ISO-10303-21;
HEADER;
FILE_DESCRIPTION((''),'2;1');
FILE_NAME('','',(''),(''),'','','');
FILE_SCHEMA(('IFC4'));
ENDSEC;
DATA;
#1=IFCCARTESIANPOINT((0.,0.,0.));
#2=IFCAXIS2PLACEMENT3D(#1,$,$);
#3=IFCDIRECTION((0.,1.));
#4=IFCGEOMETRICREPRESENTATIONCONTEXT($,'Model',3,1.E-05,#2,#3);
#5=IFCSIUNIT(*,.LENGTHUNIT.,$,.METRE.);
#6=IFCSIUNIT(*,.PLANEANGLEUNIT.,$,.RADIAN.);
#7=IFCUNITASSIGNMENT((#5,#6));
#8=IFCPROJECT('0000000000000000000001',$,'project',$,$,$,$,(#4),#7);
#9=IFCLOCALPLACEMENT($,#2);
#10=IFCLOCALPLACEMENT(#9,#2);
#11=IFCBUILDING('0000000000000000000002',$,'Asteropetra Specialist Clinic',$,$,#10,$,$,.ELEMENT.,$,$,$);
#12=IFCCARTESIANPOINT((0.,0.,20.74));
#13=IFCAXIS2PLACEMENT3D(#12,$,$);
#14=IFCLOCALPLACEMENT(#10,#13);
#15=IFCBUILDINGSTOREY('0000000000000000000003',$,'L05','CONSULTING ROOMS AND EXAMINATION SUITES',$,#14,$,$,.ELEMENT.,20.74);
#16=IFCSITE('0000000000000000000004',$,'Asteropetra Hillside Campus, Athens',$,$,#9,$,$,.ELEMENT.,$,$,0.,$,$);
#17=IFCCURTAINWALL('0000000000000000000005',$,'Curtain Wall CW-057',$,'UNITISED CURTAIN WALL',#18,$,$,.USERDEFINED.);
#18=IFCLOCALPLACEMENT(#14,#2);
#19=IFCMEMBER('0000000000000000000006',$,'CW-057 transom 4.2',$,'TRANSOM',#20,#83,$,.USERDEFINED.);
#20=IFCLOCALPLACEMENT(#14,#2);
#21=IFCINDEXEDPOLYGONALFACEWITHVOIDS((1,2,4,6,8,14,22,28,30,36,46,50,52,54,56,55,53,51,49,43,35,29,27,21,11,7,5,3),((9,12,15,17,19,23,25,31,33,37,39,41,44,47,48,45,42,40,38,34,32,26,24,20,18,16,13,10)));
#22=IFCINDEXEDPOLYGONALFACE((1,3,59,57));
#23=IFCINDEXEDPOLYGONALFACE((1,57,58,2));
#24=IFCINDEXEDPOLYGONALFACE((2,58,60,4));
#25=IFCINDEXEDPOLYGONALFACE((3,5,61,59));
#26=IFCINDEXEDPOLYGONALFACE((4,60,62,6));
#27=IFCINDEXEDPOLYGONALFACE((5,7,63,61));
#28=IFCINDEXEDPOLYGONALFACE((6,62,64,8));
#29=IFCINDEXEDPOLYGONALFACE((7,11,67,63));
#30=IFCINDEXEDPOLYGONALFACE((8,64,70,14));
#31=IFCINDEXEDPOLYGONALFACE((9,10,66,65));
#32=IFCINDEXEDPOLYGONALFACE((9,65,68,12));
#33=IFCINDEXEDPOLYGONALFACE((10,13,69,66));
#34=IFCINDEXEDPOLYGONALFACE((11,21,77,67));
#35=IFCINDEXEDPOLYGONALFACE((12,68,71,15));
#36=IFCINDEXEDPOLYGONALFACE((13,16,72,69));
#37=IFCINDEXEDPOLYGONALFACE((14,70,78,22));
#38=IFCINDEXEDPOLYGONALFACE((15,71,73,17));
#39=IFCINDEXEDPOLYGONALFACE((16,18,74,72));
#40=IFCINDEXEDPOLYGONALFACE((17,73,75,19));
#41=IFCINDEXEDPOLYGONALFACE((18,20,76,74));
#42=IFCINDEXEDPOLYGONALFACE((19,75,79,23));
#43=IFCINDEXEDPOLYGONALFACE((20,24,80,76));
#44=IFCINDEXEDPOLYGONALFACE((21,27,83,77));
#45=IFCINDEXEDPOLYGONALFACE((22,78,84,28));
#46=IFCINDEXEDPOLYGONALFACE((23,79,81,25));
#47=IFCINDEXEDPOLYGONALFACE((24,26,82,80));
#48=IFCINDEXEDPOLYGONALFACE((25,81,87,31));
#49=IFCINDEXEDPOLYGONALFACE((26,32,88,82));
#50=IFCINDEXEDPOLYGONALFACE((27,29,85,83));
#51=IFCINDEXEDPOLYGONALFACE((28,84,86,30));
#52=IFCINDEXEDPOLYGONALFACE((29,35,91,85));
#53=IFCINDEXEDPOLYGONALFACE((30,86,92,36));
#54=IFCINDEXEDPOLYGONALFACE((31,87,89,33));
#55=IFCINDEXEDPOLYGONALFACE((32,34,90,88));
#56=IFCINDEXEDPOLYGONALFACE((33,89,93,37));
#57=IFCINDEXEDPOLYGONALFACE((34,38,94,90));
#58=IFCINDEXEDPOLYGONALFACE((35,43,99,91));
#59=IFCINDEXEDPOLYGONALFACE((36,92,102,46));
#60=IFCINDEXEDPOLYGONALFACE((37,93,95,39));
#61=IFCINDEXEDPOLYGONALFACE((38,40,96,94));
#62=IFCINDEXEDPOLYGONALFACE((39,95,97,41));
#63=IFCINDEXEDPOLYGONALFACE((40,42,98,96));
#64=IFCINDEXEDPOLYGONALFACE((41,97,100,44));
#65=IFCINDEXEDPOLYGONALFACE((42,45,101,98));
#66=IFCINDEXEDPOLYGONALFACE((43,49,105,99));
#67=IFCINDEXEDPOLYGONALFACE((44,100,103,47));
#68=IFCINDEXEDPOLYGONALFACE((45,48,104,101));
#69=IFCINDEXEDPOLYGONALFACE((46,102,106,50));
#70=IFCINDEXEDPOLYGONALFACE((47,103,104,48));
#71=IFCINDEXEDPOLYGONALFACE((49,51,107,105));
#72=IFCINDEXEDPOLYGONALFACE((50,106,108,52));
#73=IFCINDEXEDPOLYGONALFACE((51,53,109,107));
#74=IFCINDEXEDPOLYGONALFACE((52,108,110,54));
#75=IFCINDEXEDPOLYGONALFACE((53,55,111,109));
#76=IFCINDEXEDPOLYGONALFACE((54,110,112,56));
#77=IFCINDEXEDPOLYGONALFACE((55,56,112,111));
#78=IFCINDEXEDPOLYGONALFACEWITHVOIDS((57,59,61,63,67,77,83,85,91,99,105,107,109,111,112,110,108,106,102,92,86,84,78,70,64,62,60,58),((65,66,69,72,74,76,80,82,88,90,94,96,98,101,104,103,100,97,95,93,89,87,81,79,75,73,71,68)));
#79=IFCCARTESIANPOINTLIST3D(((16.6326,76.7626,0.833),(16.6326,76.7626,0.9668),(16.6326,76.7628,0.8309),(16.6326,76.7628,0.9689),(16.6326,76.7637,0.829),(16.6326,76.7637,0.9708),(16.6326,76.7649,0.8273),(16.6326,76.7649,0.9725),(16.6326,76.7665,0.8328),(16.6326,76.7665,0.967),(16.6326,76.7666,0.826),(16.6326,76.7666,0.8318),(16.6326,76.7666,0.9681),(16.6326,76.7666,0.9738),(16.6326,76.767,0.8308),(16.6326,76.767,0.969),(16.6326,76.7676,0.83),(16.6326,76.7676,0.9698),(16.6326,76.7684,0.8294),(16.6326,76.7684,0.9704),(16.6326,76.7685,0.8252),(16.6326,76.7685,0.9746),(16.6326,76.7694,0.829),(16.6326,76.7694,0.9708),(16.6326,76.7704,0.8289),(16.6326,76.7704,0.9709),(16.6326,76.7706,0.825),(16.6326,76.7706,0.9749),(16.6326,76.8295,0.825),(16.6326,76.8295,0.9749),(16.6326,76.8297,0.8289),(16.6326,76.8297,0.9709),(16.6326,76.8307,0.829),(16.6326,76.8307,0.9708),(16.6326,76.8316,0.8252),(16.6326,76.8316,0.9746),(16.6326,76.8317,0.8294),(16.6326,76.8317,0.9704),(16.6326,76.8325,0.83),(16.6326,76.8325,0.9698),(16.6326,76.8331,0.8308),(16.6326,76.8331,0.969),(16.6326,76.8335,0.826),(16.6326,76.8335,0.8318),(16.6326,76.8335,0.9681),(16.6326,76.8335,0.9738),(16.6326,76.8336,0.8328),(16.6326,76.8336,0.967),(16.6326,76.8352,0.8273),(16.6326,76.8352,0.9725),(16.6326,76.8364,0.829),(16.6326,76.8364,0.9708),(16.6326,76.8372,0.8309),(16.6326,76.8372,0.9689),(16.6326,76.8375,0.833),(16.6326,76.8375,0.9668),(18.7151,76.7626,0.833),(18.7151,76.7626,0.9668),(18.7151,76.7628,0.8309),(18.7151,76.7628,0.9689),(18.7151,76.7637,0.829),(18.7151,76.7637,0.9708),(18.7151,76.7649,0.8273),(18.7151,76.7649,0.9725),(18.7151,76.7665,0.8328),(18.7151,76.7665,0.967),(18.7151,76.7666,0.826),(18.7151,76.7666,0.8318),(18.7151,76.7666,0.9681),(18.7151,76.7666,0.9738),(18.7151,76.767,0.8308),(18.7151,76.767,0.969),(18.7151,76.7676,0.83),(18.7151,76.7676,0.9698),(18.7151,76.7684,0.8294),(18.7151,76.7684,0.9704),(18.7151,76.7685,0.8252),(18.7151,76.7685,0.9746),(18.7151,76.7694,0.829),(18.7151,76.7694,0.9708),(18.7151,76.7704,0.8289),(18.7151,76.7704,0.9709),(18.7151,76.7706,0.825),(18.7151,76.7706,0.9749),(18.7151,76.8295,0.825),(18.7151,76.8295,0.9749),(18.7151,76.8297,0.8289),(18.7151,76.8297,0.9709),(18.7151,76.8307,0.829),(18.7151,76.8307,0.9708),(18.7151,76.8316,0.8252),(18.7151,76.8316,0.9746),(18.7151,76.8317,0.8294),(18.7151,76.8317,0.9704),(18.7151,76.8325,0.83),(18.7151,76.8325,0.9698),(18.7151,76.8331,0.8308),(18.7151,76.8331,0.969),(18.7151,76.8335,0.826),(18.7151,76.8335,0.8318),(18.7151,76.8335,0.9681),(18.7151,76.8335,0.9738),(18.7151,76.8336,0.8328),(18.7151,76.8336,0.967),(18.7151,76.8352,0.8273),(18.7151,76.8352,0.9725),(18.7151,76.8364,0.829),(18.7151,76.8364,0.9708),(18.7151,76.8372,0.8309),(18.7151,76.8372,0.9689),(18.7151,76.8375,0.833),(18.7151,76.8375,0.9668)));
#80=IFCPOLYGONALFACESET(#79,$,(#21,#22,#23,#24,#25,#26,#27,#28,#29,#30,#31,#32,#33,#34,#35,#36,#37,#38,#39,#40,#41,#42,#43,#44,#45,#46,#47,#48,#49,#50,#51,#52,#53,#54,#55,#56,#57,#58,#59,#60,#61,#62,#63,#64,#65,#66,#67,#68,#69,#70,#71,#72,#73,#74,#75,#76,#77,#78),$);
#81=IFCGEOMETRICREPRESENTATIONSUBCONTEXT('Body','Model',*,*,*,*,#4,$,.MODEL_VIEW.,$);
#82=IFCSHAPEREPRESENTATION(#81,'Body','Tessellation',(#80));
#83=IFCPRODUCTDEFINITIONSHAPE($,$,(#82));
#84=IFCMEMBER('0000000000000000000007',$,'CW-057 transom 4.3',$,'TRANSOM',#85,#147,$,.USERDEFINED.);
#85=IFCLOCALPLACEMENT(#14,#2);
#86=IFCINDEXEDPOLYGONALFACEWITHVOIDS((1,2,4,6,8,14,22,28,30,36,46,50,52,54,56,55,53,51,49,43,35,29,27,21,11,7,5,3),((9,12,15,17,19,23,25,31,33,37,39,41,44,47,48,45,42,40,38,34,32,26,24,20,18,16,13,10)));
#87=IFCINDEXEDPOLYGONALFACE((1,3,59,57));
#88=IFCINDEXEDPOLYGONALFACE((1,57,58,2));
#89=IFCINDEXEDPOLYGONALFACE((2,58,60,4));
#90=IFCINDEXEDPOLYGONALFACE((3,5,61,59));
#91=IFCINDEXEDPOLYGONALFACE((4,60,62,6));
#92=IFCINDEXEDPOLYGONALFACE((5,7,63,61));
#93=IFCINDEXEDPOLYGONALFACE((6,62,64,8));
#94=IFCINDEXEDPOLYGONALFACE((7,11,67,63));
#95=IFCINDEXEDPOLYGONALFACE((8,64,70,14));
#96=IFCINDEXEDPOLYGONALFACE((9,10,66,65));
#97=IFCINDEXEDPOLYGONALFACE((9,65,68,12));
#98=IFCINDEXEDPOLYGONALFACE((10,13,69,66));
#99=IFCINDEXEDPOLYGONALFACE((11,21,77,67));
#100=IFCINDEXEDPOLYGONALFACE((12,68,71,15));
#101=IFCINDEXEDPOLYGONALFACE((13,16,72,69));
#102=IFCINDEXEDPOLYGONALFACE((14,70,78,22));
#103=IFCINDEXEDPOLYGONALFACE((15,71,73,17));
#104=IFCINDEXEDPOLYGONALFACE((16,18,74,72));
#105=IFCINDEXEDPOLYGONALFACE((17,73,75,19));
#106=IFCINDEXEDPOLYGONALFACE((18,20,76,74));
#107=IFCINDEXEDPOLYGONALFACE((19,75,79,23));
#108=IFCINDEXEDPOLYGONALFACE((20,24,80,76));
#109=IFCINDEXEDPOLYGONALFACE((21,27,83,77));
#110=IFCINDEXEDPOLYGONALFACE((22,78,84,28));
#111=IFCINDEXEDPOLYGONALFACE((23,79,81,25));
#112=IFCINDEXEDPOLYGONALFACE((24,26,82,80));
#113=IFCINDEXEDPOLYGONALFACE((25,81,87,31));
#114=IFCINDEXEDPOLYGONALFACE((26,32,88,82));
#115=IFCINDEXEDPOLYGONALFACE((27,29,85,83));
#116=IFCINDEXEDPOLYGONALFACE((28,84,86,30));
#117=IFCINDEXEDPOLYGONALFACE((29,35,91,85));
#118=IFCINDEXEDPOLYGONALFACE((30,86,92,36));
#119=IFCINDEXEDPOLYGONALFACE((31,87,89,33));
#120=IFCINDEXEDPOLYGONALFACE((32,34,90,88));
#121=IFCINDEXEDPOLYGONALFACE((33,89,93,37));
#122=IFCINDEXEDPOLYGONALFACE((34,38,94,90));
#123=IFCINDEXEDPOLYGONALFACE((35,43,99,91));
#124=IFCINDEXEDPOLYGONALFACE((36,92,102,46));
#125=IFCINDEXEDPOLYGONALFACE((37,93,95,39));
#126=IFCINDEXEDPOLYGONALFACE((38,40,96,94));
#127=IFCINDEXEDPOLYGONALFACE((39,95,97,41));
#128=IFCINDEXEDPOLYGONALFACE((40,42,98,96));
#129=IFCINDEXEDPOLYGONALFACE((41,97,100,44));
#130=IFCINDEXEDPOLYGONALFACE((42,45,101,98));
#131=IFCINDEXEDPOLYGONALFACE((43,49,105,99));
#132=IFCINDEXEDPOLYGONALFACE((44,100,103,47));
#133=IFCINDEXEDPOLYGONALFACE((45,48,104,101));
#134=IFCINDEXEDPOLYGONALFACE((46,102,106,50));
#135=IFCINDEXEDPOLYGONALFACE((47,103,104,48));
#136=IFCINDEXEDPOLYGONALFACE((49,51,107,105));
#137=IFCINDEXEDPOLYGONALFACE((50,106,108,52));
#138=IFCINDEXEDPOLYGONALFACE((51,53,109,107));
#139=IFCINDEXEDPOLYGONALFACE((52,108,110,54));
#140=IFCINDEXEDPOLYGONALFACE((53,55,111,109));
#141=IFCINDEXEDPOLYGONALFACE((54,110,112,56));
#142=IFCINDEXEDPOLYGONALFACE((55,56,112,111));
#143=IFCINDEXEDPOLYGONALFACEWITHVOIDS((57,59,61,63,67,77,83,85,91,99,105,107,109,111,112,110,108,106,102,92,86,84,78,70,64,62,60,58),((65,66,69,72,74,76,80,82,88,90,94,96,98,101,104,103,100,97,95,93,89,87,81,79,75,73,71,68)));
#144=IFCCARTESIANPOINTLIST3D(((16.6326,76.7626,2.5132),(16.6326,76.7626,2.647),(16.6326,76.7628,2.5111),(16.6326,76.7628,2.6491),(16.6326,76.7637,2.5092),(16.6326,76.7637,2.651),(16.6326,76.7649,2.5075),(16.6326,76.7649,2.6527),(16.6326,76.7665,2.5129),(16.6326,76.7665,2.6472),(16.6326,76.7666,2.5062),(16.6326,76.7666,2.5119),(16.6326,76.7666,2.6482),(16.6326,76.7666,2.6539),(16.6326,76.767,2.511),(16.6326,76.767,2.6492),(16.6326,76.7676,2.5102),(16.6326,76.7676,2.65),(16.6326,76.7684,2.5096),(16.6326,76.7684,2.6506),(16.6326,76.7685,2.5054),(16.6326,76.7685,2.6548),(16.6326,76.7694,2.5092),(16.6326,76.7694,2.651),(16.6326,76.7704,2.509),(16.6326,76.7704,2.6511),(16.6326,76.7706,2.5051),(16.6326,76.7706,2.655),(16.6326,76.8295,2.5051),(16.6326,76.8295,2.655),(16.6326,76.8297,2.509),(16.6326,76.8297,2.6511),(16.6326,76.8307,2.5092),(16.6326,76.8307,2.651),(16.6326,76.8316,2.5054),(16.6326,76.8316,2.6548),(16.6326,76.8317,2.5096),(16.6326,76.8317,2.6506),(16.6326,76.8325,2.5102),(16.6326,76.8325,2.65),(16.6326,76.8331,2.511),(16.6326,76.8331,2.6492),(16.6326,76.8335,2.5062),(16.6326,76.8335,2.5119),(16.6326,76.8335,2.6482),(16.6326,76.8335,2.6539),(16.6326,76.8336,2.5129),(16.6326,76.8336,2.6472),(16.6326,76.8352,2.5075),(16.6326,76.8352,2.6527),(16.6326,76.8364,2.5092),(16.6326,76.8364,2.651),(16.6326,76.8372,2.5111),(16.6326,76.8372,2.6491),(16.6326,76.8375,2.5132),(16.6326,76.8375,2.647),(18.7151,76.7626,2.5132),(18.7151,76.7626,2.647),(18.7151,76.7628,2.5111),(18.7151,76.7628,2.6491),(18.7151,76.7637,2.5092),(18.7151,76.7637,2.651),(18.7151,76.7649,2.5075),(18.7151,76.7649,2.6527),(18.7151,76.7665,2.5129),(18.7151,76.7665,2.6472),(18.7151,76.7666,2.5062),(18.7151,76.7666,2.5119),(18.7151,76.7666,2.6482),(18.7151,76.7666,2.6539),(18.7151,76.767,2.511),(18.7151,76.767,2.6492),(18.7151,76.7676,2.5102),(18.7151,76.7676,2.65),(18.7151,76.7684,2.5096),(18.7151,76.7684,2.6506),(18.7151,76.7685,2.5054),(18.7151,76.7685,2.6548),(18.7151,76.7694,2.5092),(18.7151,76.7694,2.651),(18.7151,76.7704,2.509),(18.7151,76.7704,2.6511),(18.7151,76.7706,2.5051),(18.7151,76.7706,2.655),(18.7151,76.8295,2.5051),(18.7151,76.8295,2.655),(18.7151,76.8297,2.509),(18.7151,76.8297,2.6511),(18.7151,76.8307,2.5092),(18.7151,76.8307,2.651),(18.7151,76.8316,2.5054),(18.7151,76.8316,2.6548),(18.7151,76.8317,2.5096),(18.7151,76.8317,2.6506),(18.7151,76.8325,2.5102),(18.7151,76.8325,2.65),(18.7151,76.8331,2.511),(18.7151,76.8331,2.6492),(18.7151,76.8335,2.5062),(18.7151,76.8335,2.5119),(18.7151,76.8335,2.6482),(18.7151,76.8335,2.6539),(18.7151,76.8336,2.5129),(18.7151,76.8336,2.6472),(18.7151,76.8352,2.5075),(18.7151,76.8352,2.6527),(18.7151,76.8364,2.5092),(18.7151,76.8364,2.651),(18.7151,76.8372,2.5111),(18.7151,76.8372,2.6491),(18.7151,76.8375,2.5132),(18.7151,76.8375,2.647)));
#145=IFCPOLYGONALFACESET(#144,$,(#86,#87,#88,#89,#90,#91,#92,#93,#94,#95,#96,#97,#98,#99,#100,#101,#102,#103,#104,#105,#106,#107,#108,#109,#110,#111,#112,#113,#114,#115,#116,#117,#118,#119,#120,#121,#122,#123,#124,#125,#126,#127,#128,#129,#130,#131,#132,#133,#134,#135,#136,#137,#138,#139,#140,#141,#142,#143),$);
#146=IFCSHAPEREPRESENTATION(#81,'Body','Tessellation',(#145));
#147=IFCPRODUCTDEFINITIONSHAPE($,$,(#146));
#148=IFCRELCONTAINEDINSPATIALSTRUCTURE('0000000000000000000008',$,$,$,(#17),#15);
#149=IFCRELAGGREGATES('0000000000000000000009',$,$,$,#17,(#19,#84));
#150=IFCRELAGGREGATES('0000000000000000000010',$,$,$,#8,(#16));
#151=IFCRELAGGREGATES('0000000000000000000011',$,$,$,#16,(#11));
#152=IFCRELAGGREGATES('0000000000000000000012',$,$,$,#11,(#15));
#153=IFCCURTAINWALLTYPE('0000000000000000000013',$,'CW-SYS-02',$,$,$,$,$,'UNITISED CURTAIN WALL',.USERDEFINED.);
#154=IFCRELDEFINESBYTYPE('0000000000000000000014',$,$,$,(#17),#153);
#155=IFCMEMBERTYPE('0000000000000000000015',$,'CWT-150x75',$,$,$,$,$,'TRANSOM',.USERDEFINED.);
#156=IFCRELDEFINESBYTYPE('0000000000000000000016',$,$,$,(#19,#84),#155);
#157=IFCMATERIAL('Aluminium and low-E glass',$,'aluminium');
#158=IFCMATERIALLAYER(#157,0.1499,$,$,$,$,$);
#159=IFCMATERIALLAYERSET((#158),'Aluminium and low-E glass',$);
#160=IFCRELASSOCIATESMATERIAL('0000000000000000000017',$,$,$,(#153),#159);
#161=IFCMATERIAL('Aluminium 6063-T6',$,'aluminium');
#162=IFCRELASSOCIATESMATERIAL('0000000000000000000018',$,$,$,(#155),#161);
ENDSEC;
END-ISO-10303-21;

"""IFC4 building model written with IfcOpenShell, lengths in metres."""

from ifc_helpers import new_model, si_unit, direction, frame, origin, origin_2d, place, context, subcontext, project, spatial, hollow_rectangle, extrude, material, layer, layer_set, material_profile, profile_set, type_object, element, aggregate, save


model = new_model("IFC4")

# Units and contexts
model_context = context("Model", 3, precision=1e-05, world=origin(), true_north=direction((0.0, 1.0)))
body_context = subcontext(model_context, "Body", "Model", "MODEL_VIEW")
ifc_project = project(units=[si_unit("LENGTHUNIT", "METRE"), si_unit("PLANEANGLEUNIT", "RADIAN")], contexts=[model_context])

# Site, building, storey
site_placement = place(None, origin())
site = spatial("IfcSite", under=ifc_project, at=site_placement, Name="Asteropetra Hillside Campus, Athens", CompositionType="ELEMENT", RefElevation=0.0)
building_placement = place(site_placement, origin())
building = spatial("IfcBuilding", under=site, at=building_placement, Name="Asteropetra Specialist Clinic", CompositionType="ELEMENT")
storey_placement = place(building_placement, frame((0.0, 0.0, 20.74)))
storey = spatial("IfcBuildingStorey", under=building, at=storey_placement, Name="L05", Description="CONSULTING ROOMS AND EXAMINATION SUITES", CompositionType="ELEMENT", Elevation=20.74)

# Curtain wall, members
ifc_material_1 = material(Name="Aluminium and low-E glass", Category="aluminium")
ifc_layer_1 = layer(ifc_material_1, 0.1499)
ifc_layer_set_1 = layer_set([ifc_layer_1], Name="Aluminium and low-E glass")
curtain_wall_type_1 = type_object("IfcCurtainWallType", Name="CW-SYS-02", ElementType="UNITISED CURTAIN WALL", PredefinedType="USERDEFINED", material=ifc_layer_set_1)
curtain_wall_1_placement = place(storey_placement, origin())
curtain_wall_1 = element("IfcCurtainWall", 1, at=curtain_wall_1_placement, inside=storey, type_object=curtain_wall_type_1, Name="Curtain Wall CW-057", ObjectType="UNITISED CURTAIN WALL", PredefinedType="USERDEFINED")
ifc_material_2 = material(Name="Aluminium 6063-T6", Category="aluminium")
ifc_material_profile_1 = material_profile(ifc_material_2, hollow_rectangle(XDim=0.075, YDim=0.1499, WallThickness=0.0039, InnerFilletRadius=0.0039, OuterFilletRadius=0.0081, at=origin_2d()), Name="TRN 150x75x4.0")
ifc_profile_set_1 = profile_set([ifc_material_profile_1], Name="Aluminium 6063-T6")
member_type_1 = type_object("IfcMemberType", Name="CWT-150x75", ElementType="TRANSOM", PredefinedType="USERDEFINED", material=ifc_profile_set_1)
member_1_placement = place(storey_placement, frame((16.6326, 76.8, 0.8999), z_axis=(1.0, 0.0, 0.0), x_axis=(0.0, 1.0, 0.0)))
member_1 = element("IfcMember", 2, at=member_1_placement, type_object=member_type_1, Name="CW-057 transom 4.2", ObjectType="TRANSOM", PredefinedType="USERDEFINED", context=body_context, shape_type="SweptSolid", body=[
    extrude(hollow_rectangle(XDim=0.075, YDim=0.1499, WallThickness=0.0039, InnerFilletRadius=0.0039, OuterFilletRadius=0.0081, at=origin_2d()), origin(), (0.0, 0.0, 1.0), 2.0825),
])
member_2_placement = place(storey_placement, frame((16.6326, 76.8, 2.5801), z_axis=(1.0, 0.0, 0.0), x_axis=(0.0, 1.0, 0.0)))
member_2 = element("IfcMember", 3, at=member_2_placement, type_object=member_type_1, Name="CW-057 transom 4.3", ObjectType="TRANSOM", PredefinedType="USERDEFINED", context=body_context, shape_type="SweptSolid", body=[
    extrude(hollow_rectangle(XDim=0.075, YDim=0.1499, WallThickness=0.0039, InnerFilletRadius=0.0039, OuterFilletRadius=0.0081, at=origin_2d()), origin(), (0.0, 0.0, 1.0), 2.0825),
])

aggregate(curtain_wall_1, [member_1, member_2])

save(model, "model.ifc")
